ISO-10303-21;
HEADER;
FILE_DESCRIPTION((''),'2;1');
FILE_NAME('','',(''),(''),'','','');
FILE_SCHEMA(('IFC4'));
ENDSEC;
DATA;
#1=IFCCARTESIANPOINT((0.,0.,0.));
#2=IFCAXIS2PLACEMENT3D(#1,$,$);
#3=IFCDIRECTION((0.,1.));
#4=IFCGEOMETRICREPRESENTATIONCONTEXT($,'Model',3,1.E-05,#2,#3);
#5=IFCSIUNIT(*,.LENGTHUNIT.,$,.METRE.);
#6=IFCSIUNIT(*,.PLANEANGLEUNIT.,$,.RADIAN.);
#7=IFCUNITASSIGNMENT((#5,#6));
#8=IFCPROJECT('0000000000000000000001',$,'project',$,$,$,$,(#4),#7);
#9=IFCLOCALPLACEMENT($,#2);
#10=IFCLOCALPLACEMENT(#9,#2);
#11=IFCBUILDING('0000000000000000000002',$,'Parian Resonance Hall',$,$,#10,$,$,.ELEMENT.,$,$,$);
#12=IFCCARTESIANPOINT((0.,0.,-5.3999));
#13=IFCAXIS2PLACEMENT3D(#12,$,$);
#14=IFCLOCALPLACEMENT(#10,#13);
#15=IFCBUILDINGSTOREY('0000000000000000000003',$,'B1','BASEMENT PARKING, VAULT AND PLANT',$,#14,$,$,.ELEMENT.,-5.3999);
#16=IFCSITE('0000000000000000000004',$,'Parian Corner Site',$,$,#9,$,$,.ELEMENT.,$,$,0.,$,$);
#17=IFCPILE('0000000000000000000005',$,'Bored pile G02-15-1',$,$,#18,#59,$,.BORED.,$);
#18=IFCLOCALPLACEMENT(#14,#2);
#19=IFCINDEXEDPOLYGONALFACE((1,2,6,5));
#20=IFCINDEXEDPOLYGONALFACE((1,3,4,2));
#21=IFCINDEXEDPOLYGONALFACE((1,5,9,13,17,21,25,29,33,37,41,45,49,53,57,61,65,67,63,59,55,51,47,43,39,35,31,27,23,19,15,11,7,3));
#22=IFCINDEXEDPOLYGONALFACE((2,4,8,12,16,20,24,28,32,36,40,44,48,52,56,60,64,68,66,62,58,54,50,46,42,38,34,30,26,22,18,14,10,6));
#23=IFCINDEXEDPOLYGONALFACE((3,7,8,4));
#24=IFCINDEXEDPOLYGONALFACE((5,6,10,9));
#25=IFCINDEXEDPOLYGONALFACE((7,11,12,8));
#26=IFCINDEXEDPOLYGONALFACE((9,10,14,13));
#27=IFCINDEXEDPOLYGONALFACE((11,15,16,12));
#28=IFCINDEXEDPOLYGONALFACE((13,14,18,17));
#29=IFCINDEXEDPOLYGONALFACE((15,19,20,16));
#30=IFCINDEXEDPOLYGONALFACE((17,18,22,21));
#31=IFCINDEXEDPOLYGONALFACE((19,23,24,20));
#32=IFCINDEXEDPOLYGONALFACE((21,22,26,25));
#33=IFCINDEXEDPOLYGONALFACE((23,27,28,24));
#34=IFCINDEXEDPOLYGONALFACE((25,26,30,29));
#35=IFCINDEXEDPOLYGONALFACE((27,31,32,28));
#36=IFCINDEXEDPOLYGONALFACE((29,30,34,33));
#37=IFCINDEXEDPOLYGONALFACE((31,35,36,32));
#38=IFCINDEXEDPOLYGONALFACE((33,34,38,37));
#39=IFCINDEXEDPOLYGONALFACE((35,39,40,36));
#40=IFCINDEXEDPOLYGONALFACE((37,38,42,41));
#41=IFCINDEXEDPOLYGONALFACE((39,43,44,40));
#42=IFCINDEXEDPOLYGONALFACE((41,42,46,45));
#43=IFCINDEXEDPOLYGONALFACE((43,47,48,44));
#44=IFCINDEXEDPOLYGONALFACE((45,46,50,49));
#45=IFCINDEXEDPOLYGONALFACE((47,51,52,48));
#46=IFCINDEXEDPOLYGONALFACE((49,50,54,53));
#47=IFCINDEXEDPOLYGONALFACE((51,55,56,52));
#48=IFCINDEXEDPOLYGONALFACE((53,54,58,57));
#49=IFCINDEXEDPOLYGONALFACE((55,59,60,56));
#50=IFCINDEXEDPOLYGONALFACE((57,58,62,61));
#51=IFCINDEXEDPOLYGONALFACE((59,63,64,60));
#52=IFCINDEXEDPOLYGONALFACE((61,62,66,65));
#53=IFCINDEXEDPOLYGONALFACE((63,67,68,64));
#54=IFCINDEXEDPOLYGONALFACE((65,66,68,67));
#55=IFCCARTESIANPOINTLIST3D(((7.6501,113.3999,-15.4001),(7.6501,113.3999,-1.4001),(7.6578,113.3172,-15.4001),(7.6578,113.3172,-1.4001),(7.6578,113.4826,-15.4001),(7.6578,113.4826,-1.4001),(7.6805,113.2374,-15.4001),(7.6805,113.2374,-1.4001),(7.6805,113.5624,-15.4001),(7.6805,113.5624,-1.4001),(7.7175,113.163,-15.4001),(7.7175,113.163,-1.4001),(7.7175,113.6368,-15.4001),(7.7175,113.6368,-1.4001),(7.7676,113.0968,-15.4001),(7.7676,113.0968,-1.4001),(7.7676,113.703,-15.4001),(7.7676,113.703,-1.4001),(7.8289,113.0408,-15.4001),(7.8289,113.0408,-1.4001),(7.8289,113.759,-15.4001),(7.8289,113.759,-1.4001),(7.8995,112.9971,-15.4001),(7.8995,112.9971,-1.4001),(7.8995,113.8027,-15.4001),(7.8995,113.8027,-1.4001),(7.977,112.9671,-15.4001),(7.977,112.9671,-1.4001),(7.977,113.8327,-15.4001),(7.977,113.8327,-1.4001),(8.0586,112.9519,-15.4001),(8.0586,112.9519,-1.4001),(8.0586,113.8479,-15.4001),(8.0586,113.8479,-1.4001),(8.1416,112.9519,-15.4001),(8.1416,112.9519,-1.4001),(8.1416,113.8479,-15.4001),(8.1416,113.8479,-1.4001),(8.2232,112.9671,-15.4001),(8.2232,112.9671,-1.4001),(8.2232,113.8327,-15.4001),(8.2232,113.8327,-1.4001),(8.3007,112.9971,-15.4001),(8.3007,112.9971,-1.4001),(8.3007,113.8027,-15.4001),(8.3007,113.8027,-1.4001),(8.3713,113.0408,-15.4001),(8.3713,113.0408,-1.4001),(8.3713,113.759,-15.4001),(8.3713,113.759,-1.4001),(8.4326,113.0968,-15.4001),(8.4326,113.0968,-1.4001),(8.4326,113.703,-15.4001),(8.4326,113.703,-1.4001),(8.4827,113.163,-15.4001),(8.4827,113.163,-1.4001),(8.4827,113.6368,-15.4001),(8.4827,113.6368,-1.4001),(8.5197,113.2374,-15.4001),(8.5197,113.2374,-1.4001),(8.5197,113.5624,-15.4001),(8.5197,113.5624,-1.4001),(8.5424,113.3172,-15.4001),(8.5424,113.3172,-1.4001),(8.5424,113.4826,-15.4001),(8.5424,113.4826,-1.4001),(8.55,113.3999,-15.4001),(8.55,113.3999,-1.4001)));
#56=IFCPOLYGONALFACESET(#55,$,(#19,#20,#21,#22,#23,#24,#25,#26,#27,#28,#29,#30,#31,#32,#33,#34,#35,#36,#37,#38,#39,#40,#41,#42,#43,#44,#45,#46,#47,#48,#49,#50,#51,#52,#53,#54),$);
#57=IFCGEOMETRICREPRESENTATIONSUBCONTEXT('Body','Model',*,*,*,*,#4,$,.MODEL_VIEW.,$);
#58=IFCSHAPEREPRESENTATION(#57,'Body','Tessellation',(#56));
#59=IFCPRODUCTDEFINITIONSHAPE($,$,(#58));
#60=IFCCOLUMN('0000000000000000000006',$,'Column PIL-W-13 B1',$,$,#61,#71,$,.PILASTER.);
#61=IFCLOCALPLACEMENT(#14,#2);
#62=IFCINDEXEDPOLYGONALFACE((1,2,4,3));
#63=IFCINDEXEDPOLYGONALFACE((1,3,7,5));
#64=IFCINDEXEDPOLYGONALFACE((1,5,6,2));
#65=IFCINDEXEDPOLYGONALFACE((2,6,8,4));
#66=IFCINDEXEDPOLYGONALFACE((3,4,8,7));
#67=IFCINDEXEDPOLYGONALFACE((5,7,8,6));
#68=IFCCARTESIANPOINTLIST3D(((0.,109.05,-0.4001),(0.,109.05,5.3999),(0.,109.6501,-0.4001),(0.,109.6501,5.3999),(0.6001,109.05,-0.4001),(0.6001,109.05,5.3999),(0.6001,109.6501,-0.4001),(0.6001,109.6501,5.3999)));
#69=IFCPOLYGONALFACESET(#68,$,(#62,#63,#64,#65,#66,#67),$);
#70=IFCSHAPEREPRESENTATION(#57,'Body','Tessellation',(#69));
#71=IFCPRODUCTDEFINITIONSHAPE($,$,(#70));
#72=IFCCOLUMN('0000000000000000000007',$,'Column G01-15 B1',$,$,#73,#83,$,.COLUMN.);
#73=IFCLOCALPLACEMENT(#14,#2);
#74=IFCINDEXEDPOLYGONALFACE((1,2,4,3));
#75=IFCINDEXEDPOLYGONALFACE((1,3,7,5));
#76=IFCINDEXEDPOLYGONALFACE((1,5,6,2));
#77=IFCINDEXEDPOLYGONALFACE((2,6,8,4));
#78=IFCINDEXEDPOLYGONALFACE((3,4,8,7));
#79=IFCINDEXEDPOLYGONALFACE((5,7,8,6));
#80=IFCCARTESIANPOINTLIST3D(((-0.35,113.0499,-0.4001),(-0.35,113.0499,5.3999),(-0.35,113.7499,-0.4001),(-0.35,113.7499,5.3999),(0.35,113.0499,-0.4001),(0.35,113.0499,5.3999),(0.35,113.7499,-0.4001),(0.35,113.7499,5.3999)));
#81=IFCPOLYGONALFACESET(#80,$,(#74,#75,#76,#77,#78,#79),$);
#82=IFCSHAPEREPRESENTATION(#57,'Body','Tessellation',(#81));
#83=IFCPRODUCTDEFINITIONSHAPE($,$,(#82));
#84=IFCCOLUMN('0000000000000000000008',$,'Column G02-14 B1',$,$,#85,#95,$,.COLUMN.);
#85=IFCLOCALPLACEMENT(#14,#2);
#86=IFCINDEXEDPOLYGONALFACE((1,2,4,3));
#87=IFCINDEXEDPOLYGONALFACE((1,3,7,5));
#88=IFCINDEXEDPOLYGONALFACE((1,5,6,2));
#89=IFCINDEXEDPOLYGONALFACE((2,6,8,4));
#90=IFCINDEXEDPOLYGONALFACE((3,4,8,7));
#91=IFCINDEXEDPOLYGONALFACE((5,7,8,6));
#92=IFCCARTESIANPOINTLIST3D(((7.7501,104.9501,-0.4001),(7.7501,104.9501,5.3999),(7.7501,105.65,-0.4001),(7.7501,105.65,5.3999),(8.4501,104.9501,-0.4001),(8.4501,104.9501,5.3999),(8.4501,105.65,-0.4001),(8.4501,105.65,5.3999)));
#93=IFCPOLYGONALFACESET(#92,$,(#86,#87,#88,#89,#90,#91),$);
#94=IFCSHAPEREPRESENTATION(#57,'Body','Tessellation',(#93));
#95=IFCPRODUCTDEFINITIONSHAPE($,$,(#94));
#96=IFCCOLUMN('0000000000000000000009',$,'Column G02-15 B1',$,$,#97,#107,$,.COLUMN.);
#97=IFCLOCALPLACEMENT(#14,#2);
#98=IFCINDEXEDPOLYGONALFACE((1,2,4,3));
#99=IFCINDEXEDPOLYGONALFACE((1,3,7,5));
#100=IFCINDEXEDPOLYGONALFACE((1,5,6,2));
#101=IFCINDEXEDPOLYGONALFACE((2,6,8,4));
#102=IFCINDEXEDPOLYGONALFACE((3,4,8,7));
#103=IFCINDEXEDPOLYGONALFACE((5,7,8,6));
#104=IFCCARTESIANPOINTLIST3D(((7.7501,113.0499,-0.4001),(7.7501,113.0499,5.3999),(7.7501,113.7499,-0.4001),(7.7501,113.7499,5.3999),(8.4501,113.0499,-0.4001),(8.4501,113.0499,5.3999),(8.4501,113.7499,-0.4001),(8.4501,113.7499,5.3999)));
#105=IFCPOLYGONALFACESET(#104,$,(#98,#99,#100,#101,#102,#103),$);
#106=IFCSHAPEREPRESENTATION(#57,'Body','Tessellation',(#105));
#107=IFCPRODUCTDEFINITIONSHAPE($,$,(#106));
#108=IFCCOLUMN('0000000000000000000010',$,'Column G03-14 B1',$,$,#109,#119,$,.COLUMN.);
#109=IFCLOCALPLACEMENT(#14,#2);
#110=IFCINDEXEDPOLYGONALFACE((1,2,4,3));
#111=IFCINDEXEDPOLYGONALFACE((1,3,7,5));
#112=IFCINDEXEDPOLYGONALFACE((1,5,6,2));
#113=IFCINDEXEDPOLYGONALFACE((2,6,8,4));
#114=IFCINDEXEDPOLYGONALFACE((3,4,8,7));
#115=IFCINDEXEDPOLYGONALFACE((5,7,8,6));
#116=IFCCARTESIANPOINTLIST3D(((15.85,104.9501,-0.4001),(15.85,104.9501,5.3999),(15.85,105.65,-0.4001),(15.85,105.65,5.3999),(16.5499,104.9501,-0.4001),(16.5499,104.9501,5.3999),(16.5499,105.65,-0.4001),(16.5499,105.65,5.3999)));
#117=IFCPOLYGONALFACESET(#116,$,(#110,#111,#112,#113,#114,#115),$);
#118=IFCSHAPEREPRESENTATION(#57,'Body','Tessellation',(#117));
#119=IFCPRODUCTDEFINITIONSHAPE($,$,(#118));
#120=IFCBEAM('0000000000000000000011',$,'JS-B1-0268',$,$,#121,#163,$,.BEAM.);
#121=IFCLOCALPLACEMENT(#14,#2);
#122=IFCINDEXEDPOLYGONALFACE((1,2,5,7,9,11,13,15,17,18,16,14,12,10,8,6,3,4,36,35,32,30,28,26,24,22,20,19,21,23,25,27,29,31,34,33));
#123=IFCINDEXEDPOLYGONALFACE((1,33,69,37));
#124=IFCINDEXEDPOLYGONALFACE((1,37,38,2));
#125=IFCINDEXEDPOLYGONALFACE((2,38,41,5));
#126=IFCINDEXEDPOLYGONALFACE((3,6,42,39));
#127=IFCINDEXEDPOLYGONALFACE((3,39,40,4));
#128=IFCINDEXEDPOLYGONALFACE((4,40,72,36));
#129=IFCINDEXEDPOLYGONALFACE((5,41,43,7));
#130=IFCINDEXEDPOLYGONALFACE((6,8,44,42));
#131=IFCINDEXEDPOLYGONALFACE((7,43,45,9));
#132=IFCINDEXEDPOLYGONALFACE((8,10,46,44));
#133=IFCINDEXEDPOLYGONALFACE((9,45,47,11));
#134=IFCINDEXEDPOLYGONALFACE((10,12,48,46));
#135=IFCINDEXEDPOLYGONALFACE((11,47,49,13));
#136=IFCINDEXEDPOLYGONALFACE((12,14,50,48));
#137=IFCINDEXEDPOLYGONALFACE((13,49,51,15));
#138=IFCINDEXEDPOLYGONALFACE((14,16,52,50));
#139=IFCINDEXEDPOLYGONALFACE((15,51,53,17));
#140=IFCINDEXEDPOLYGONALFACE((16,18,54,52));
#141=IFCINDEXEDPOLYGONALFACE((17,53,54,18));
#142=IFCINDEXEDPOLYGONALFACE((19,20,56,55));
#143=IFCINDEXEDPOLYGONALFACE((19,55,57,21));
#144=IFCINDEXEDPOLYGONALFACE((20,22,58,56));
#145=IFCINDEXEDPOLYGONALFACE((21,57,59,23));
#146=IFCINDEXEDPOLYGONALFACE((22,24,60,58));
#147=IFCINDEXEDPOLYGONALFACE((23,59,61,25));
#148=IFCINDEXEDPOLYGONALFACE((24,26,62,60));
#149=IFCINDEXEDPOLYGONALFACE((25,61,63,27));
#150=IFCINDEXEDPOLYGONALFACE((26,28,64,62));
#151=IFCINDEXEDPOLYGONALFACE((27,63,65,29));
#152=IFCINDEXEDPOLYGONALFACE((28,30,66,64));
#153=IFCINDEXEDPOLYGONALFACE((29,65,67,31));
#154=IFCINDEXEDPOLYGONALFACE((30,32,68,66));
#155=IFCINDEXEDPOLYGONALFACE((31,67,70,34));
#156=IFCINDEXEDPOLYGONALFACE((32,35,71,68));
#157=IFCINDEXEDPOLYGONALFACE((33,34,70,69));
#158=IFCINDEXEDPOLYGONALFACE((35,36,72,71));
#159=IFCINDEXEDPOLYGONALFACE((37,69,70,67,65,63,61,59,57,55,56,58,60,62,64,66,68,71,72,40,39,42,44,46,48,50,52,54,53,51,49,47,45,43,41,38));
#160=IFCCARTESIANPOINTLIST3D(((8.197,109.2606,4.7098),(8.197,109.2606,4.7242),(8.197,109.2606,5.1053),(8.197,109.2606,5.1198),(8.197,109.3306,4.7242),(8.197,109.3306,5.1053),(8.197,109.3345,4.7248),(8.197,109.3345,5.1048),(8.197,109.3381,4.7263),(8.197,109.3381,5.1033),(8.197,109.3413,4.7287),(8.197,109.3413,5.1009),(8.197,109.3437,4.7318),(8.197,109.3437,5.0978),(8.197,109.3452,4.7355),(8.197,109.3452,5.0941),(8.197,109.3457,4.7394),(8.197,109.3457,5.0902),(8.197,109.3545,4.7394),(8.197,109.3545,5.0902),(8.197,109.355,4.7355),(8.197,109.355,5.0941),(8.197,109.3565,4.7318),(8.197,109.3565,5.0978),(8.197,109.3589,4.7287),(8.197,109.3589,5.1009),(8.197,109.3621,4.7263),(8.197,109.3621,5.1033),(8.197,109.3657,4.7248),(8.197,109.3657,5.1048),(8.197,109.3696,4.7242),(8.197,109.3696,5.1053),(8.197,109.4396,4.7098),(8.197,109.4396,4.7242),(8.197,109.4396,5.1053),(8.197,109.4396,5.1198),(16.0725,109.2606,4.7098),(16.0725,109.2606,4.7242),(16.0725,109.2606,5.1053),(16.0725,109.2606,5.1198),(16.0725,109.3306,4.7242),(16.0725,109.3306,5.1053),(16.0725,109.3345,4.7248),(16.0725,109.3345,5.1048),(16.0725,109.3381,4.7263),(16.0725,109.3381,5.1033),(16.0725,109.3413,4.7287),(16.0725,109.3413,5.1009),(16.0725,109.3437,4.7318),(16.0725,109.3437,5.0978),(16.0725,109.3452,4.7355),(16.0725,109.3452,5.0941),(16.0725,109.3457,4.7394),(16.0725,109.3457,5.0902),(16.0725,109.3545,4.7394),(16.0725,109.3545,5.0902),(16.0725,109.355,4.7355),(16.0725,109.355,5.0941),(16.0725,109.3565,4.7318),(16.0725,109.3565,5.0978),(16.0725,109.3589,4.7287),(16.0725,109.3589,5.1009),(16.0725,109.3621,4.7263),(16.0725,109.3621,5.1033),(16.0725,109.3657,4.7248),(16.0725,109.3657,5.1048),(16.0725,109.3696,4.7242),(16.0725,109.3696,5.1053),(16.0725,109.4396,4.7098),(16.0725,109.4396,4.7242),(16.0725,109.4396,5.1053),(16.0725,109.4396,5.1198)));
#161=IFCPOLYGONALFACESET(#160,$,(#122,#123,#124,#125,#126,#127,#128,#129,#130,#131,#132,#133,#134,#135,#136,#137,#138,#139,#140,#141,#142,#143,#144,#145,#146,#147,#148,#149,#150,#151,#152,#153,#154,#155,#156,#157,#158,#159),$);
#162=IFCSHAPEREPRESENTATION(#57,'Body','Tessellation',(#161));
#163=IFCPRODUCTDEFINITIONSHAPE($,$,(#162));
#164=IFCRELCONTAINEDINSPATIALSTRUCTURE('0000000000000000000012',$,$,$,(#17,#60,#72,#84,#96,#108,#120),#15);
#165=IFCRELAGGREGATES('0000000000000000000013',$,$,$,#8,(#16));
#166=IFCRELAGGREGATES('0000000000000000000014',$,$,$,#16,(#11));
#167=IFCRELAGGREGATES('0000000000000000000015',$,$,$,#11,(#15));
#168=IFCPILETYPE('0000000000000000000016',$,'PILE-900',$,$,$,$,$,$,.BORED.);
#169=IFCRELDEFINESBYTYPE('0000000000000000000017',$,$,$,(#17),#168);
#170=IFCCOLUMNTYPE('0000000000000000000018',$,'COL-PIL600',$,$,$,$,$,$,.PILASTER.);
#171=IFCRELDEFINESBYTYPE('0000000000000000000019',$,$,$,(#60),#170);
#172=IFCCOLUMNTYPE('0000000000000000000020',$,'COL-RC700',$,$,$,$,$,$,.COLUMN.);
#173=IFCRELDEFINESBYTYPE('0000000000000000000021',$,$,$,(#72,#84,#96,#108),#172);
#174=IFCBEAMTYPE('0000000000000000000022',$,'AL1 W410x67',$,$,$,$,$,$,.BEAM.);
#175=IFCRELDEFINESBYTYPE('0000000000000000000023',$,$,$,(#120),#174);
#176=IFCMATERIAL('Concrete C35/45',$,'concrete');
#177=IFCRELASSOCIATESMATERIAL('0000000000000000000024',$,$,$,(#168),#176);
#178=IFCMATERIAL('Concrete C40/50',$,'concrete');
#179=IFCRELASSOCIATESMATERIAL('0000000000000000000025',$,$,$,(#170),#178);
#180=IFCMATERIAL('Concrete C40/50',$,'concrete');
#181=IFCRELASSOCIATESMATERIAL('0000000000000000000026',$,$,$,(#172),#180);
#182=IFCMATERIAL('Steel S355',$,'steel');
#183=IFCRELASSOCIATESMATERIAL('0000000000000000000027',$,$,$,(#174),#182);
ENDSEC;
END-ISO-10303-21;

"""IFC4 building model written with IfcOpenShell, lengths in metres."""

from ifc_helpers import new_model, si_unit, direction, frame, origin, origin_2d, place, context, subcontext, project, spatial, rectangle, circle, i_section, extrude, material, material_profile, profile_set, type_object, element, save


model = new_model("IFC4")

# Units and contexts
model_context = context("Model", 3, precision=1e-05, world=origin(), true_north=direction((0.0, 1.0)))
body_context = subcontext(model_context, "Body", "Model", "MODEL_VIEW")
ifc_project = project(units=[si_unit("LENGTHUNIT", "METRE"), si_unit("PLANEANGLEUNIT", "RADIAN")], contexts=[model_context])

# Site, building, storey
site_placement = place(None, origin())
site = spatial("IfcSite", under=ifc_project, at=site_placement, Name="Parian Corner Site", CompositionType="ELEMENT", RefElevation=0.0)
building_placement = place(site_placement, origin())
building = spatial("IfcBuilding", under=site, at=building_placement, Name="Parian Resonance Hall", CompositionType="ELEMENT")
storey_placement = place(building_placement, frame((0.0, 0.0, -5.3999)))
storey = spatial("IfcBuildingStorey", under=building, at=storey_placement, Name="B1", Description="BASEMENT PARKING, VAULT AND PLANT", CompositionType="ELEMENT", Elevation=-5.3999)

# Pile
ifc_material_1 = material(Name="Concrete C35/45", Category="concrete")
ifc_material_profile_1 = material_profile(ifc_material_1, circle(Radius=0.45, at=origin_2d()), Name="PILE-D900")
ifc_profile_set_1 = profile_set([ifc_material_profile_1], Name="Concrete C35/45")
pile_type_1 = type_object("IfcPileType", Name="PILE-900", PredefinedType="BORED", material=ifc_profile_set_1)
for number, where, z_axis, x_axis, name in (
    (1, (8.1001, 113.3999, -1.4001), (0.0, 0.0, -1.0), (1.0, 0.0, 0.0), "Bored pile G02-15-1"),
):
    element("IfcPile", number, at=place(storey_placement, frame(where, z_axis=z_axis, x_axis=x_axis)), inside=storey, type_object=pile_type_1, Name=name, PredefinedType="BORED", context=body_context, shape_type="SweptSolid", body=[
        extrude(circle(Radius=0.45, at=origin_2d()), origin(), (0.0, 0.0, 1.0), 14.0),
    ])

# Columns
ifc_material_2 = material(Name="Concrete C40/50", Category="concrete")
ifc_material_profile_2 = material_profile(ifc_material_2, rectangle(XDim=0.6001, YDim=0.6001, at=origin_2d()), Name="RC-COL-600x600")
ifc_profile_set_2 = profile_set([ifc_material_profile_2], Name="Concrete C40/50")
column_type_1 = type_object("IfcColumnType", Name="COL-PIL600", PredefinedType="PILASTER", material=ifc_profile_set_2)
column_placement = place(storey_placement, frame((0.3, 109.3501, -0.4001), z_axis=(0.0, 0.0, 1.0), x_axis=(1.0, 0.0, 0.0)))
element("IfcColumn", 2, at=column_placement, inside=storey, type_object=column_type_1, Name="Column PIL-W-13 B1", PredefinedType="PILASTER", context=body_context, shape_type="SweptSolid", body=[
    extrude(rectangle(XDim=0.6001, YDim=0.6001, at=origin_2d()), origin(), (0.0, 0.0, 1.0), 5.8),
])
ifc_material_3 = material(Name="Concrete C40/50", Category="concrete")
ifc_material_profile_3 = material_profile(ifc_material_3, rectangle(XDim=0.7, YDim=0.7, at=origin_2d()), Name="RC-COL-700x700")
ifc_profile_set_3 = profile_set([ifc_material_profile_3], Name="Concrete C40/50")
column_type_2 = type_object("IfcColumnType", Name="COL-RC700", PredefinedType="COLUMN", material=ifc_profile_set_3)
for number, where, z_axis, x_axis, name in (
    (3, (0.0, 113.3999, -0.4001), (0.0, 0.0, 1.0), (1.0, 0.0, 0.0), "Column G01-15 B1"),
    (4, (8.1001, 105.3, -0.4001), (0.0, 0.0, 1.0), (1.0, 0.0, 0.0), "Column G02-14 B1"),
    (5, (8.1001, 113.3999, -0.4001), (0.0, 0.0, 1.0), (1.0, 0.0, 0.0), "Column G02-15 B1"),
    (6, (16.2, 105.3, -0.4001), (0.0, 0.0, 1.0), (1.0, 0.0, 0.0), "Column G03-14 B1"),
):
    element("IfcColumn", number, at=place(storey_placement, frame(where, z_axis=z_axis, x_axis=x_axis)), inside=storey, type_object=column_type_2, Name=name, PredefinedType="COLUMN", context=body_context, shape_type="SweptSolid", body=[
        extrude(rectangle(XDim=0.7, YDim=0.7, at=origin_2d()), origin(), (0.0, 0.0, 1.0), 5.8),
    ])

# Beam
ifc_material_4 = material(Name="Steel S355", Category="steel")
ifc_material_profile_4 = material_profile(ifc_material_4, i_section(OverallWidth=0.179, OverallDepth=0.4099, WebThickness=0.0088, FlangeThickness=0.0144, FilletRadius=0.0151, at=origin_2d()), Name="W410x67")
ifc_profile_set_4 = profile_set([ifc_material_profile_4], Name="Steel S355")
beam_type_1 = type_object("IfcBeamType", Name="AL1 W410x67", PredefinedType="BEAM", material=ifc_profile_set_4)
beam_1_placement = place(storey_placement, frame((8.197, 109.3501, 4.9148), z_axis=(1.0, 0.0, 0.0), x_axis=(0.0, 1.0, 0.0)))
element("IfcBeam", 7, at=beam_1_placement, inside=storey, type_object=beam_type_1, Name="JS-B1-0268", PredefinedType="BEAM", context=body_context, shape_type="SweptSolid", body=[
    extrude(i_section(OverallWidth=0.179, OverallDepth=0.4099, WebThickness=0.0088, FlangeThickness=0.0144, FilletRadius=0.0151, at=origin_2d()), origin(), (0.0, 0.0, 1.0), 7.8755),
])

save(model, "model.ifc")
